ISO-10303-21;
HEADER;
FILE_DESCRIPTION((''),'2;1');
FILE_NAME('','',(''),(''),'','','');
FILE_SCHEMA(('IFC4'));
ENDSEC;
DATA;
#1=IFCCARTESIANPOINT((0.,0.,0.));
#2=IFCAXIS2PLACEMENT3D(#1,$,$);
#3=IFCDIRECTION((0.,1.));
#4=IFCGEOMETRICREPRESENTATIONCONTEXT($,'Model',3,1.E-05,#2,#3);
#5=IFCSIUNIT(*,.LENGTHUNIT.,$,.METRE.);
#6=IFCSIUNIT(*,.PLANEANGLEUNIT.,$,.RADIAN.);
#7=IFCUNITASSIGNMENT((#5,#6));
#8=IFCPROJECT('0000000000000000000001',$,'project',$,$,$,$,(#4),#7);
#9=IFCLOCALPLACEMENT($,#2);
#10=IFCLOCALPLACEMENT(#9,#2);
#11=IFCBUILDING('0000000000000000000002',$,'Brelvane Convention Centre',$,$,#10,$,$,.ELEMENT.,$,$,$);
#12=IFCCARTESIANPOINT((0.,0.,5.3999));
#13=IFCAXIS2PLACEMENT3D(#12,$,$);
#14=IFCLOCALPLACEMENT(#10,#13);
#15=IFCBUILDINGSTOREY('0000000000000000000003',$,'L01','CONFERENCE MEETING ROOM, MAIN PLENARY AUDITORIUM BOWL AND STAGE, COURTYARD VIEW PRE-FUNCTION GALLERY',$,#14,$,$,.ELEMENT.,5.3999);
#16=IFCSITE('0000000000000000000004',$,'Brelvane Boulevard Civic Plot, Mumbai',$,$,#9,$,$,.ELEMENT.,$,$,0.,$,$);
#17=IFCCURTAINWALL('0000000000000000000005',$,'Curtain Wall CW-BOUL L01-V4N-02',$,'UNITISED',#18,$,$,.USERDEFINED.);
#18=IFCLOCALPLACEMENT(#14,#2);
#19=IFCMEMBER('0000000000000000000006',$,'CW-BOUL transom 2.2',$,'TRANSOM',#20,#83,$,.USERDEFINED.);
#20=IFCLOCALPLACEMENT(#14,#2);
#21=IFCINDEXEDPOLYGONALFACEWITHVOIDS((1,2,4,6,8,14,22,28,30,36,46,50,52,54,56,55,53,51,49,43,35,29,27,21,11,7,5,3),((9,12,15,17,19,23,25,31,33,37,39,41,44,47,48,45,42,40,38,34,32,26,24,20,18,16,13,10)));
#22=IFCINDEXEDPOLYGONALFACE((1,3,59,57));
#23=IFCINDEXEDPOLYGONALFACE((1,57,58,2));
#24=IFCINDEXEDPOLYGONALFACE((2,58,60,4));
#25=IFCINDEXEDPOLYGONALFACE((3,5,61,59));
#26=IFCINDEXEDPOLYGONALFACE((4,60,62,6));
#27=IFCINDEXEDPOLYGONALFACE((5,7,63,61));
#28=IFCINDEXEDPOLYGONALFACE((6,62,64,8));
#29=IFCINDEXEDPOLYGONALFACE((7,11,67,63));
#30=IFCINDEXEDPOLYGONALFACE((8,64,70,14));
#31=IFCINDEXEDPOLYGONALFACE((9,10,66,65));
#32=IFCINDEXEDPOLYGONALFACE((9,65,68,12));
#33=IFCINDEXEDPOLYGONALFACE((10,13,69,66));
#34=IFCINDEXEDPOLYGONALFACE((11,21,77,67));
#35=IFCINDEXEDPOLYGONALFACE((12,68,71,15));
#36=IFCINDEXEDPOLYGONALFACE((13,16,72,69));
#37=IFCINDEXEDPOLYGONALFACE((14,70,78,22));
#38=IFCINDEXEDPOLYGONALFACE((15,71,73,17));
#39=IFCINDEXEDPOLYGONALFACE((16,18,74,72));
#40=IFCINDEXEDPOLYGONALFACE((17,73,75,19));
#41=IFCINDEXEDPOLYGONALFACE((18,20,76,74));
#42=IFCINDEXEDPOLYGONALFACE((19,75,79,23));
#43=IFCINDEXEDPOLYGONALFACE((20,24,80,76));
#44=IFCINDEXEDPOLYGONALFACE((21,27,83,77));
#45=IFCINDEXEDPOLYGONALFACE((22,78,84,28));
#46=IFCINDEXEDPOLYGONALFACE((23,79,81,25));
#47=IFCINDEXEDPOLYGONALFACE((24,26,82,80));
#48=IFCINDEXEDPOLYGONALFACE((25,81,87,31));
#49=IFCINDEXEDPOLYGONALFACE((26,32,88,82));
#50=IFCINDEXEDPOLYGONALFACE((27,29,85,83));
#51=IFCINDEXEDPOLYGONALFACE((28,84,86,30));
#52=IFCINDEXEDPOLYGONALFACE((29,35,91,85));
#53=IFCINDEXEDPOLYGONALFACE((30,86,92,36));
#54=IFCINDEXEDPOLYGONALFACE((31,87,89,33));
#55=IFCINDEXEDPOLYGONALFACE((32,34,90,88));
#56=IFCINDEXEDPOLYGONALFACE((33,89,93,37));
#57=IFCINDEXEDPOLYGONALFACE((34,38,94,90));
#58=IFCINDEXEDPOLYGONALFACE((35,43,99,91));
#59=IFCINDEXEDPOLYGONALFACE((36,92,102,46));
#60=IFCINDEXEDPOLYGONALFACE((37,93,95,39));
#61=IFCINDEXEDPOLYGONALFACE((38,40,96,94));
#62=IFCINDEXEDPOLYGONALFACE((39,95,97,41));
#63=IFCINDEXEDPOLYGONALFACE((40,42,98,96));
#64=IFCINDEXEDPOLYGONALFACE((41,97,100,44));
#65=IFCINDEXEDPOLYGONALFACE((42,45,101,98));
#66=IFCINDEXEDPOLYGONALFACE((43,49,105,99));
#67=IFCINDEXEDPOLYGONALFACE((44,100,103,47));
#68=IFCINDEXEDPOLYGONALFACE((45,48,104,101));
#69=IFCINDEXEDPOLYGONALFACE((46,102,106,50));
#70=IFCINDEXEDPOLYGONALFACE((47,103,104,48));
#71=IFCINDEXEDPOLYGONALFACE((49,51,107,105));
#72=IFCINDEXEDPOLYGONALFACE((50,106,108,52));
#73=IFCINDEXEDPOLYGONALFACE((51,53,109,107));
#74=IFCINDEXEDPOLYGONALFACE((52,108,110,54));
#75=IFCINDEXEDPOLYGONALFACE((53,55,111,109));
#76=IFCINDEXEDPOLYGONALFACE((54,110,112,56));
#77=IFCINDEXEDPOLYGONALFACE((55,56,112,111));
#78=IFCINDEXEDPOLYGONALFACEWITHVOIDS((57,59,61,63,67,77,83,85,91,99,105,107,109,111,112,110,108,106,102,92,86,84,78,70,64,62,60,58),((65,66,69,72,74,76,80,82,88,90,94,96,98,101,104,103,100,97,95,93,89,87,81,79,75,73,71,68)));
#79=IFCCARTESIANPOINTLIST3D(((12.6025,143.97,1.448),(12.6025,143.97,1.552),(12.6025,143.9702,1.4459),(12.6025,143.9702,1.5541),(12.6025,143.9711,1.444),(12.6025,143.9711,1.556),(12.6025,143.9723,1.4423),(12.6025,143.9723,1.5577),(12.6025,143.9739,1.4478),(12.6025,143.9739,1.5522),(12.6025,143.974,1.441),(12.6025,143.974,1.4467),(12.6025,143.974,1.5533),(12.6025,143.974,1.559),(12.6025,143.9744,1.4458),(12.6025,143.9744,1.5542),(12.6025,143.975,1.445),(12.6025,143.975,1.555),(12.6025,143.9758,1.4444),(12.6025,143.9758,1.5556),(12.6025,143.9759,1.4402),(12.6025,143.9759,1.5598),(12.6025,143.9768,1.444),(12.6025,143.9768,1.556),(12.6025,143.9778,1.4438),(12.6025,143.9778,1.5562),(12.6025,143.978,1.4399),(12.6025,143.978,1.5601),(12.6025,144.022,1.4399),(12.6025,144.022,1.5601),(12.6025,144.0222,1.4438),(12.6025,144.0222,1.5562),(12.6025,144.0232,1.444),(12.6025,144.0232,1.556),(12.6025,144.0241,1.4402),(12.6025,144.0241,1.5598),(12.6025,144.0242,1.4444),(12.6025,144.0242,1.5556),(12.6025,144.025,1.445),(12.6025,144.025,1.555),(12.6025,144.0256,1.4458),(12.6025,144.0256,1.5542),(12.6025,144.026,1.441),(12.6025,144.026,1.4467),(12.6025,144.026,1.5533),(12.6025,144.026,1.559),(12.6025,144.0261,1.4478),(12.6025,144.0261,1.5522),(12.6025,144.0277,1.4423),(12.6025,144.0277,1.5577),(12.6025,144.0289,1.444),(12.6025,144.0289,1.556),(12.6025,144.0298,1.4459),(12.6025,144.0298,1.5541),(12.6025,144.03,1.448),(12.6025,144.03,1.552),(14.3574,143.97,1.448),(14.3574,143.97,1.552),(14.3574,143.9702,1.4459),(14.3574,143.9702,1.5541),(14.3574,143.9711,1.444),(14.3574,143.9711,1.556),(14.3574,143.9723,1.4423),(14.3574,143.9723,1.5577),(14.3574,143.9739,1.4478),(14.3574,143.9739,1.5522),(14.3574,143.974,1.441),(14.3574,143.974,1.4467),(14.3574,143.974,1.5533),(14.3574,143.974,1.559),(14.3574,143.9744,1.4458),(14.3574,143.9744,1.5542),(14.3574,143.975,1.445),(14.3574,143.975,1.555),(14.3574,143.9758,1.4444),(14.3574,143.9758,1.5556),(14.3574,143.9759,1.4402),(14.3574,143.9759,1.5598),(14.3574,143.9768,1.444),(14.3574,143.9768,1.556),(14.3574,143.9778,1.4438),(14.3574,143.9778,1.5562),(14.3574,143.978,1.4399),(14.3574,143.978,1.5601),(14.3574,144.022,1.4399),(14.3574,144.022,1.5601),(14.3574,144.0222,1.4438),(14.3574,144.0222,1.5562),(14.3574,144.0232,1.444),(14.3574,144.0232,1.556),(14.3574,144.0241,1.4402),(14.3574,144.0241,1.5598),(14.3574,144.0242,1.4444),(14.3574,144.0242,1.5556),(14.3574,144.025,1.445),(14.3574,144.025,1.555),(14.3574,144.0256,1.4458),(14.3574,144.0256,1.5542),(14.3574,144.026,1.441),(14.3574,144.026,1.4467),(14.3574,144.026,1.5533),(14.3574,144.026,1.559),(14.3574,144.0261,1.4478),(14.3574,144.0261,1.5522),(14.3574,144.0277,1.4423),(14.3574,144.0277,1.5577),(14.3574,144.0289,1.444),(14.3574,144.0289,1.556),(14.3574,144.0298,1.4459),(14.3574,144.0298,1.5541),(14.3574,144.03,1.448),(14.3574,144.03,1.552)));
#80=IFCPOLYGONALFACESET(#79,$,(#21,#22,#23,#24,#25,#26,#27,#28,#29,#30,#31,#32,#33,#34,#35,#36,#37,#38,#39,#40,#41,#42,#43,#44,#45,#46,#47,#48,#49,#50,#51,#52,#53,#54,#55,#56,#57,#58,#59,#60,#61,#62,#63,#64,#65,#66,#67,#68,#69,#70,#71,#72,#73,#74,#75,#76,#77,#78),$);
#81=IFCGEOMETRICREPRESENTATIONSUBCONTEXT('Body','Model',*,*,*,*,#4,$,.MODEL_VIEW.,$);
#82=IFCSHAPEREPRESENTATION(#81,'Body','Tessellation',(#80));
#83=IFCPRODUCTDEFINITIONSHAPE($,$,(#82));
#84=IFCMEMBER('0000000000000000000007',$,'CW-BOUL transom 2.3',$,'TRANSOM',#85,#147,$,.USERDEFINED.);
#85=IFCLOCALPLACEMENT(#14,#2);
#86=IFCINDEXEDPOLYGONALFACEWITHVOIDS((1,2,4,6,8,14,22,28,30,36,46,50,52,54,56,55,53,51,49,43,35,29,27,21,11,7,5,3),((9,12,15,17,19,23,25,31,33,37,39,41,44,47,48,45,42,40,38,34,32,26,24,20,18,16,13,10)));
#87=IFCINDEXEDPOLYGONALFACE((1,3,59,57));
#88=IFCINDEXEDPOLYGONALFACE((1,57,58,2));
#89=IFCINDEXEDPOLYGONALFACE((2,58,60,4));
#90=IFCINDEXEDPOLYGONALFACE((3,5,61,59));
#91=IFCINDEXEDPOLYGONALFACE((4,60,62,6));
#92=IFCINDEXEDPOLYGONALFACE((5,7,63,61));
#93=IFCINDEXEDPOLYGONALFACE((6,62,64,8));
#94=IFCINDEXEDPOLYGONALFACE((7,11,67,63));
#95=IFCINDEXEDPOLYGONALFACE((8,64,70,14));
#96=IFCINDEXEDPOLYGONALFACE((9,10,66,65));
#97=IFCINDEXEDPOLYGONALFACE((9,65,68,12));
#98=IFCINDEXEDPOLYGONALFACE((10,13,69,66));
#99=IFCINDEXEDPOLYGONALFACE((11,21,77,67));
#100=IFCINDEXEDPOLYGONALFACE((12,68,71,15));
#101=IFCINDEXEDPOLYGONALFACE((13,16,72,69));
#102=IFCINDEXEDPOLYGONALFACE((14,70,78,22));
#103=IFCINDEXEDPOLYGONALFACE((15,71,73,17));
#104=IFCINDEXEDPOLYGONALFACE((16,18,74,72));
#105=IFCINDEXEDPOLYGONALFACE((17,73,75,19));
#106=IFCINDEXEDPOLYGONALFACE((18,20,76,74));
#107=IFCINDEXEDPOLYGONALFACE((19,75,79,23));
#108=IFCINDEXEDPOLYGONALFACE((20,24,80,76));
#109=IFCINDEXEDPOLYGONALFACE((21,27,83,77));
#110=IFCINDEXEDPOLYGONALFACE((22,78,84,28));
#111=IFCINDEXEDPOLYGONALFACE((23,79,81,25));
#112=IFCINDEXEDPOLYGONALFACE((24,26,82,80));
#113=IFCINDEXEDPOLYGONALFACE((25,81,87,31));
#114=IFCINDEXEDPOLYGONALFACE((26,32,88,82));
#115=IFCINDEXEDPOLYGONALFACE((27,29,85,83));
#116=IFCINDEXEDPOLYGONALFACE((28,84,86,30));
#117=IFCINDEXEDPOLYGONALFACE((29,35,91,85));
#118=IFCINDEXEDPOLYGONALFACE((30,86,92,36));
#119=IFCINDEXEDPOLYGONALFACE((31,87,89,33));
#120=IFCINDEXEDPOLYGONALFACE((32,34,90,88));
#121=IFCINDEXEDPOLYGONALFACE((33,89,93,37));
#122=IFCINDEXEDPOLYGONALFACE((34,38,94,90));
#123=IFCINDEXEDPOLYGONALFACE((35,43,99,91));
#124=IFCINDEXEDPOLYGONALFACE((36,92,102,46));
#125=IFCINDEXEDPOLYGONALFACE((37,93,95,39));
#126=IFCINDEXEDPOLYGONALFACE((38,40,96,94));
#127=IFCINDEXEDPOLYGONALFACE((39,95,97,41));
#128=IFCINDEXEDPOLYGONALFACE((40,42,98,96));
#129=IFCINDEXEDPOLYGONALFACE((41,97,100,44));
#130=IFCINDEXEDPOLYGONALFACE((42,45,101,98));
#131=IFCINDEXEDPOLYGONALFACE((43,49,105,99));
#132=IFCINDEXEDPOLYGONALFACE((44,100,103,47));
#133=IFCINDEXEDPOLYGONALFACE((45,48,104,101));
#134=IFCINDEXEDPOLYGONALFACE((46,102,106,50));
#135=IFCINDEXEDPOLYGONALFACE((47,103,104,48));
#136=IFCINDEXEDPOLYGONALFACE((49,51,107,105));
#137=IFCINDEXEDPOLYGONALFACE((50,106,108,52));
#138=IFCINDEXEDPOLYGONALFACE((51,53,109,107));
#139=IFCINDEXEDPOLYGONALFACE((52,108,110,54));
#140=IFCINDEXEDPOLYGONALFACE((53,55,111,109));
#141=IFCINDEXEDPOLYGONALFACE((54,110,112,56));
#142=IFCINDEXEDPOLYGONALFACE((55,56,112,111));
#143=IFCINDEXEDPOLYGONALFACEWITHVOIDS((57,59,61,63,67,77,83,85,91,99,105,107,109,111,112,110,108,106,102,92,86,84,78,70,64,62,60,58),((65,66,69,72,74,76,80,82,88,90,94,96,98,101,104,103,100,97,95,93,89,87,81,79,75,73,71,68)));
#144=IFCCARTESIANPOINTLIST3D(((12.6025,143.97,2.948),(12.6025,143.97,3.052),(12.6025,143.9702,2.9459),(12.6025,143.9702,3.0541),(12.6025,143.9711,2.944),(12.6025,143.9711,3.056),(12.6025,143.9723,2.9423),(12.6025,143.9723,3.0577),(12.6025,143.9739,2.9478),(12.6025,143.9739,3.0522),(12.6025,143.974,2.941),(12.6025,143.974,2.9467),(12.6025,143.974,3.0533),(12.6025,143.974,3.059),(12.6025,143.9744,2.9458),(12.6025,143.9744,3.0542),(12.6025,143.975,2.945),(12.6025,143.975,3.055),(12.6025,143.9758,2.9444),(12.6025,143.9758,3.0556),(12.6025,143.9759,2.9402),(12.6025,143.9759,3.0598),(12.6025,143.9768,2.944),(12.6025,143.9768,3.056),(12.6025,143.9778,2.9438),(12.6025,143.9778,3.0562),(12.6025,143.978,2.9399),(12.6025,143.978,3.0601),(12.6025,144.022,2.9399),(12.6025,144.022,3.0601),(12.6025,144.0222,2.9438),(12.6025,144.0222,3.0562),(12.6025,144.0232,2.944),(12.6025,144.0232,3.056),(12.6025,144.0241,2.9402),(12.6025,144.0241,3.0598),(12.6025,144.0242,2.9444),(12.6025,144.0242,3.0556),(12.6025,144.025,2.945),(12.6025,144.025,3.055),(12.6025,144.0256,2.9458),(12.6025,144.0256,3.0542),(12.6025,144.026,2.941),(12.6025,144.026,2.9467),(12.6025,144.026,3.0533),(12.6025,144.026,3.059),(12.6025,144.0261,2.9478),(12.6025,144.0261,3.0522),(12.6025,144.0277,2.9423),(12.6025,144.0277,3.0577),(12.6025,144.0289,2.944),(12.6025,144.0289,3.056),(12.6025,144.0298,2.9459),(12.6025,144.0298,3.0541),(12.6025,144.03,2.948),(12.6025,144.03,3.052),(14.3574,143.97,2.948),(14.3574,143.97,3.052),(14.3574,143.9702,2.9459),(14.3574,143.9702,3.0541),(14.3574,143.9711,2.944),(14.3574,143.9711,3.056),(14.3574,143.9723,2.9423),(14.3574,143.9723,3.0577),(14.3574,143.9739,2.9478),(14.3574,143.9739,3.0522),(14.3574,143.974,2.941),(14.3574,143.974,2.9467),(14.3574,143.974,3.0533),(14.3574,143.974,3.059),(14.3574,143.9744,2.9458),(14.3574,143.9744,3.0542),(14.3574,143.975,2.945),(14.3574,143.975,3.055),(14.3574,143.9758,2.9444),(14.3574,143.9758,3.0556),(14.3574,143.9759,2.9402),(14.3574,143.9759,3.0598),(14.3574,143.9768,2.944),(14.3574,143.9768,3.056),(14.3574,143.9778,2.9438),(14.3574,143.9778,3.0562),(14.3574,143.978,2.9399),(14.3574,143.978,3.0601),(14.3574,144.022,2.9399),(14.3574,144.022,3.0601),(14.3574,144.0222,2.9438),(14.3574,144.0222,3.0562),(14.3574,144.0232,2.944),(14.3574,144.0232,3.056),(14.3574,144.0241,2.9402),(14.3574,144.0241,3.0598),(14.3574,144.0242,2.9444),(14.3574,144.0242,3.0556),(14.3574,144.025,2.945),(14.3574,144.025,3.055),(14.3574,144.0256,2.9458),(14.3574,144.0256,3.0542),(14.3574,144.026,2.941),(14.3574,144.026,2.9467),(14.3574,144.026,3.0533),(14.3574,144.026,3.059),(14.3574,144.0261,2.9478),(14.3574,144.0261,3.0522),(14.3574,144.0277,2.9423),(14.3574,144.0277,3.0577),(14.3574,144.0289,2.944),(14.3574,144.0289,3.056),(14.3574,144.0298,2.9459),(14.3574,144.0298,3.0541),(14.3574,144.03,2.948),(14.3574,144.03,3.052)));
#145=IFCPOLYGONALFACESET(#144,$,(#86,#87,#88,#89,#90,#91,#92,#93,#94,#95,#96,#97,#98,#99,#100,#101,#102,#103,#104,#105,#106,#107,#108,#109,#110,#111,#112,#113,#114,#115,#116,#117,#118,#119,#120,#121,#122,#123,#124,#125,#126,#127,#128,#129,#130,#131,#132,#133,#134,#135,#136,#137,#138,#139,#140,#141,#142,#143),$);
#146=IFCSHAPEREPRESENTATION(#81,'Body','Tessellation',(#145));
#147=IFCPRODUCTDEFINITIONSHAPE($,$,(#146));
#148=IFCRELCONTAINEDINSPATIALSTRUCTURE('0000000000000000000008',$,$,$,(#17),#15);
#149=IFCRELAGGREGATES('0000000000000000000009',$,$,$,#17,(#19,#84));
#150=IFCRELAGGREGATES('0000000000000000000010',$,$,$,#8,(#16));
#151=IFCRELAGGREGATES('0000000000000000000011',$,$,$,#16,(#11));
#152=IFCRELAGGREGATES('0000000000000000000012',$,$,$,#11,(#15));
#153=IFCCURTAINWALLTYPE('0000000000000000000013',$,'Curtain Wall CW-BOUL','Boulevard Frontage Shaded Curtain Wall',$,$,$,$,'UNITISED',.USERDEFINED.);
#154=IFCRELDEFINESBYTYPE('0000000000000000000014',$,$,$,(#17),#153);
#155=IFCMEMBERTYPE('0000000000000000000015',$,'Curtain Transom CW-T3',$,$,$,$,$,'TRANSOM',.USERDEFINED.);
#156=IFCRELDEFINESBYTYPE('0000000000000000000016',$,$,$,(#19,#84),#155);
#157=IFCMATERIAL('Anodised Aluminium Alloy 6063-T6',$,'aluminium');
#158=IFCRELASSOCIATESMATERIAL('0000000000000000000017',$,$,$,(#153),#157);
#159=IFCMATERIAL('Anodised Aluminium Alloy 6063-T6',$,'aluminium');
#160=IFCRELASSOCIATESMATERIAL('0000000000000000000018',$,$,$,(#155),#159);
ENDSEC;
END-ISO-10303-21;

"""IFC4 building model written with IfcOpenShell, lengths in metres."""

from ifc_helpers import new_model, si_unit, direction, frame, origin, origin_2d, place, context, subcontext, project, spatial, hollow_rectangle, extrude, material, material_profile, profile_set, type_object, element, aggregate, save


model = new_model("IFC4")

# Units and contexts
model_context = context("Model", 3, precision=1e-05, world=origin(), true_north=direction((0.0, 1.0)))
body_context = subcontext(model_context, "Body", "Model", "MODEL_VIEW")
ifc_project = project(units=[si_unit("LENGTHUNIT", "METRE"), si_unit("PLANEANGLEUNIT", "RADIAN")], contexts=[model_context])

# Site, building, storey
site_placement = place(None, origin())
site = spatial("IfcSite", under=ifc_project, at=site_placement, Name="Brelvane Boulevard Civic Plot, Mumbai", CompositionType="ELEMENT", RefElevation=0.0)
building_placement = place(site_placement, origin())
building = spatial("IfcBuilding", under=site, at=building_placement, Name="Brelvane Convention Centre", CompositionType="ELEMENT")
storey_placement = place(building_placement, frame((0.0, 0.0, 5.3999)))
storey = spatial("IfcBuildingStorey", under=building, at=storey_placement, Name="L01", Description="CONFERENCE MEETING ROOM, MAIN PLENARY AUDITORIUM BOWL AND STAGE, COURTYARD VIEW PRE-FUNCTION GALLERY", CompositionType="ELEMENT", Elevation=5.3999)

# Curtain wall, members
ifc_material_1 = material(Name="Anodised Aluminium Alloy 6063-T6", Category="aluminium")
curtain_wall_type = type_object("IfcCurtainWallType", Name="Curtain Wall CW-BOUL", Description="Boulevard Frontage Shaded Curtain Wall", ElementType="UNITISED", PredefinedType="USERDEFINED", material=ifc_material_1)
curtain_wall_placement = place(storey_placement, origin())
curtain_wall = element("IfcCurtainWall", 1, at=curtain_wall_placement, inside=storey, type_object=curtain_wall_type, Name="Curtain Wall CW-BOUL L01-V4N-02", ObjectType="UNITISED", PredefinedType="USERDEFINED")
ifc_material_2 = material(Name="Anodised Aluminium Alloy 6063-T6", Category="aluminium")
ifc_material_profile_1 = material_profile(ifc_material_2, hollow_rectangle(XDim=0.0601, YDim=0.1201, WallThickness=0.0039, InnerFilletRadius=0.0039, OuterFilletRadius=0.0081, at=origin_2d()), Name="ALU-T 120x60x4.0")
ifc_profile_set_1 = profile_set([ifc_material_profile_1], Name="Anodised Aluminium Alloy 6063-T6")
member_type_1 = type_object("IfcMemberType", Name="Curtain Transom CW-T3", ElementType="TRANSOM", PredefinedType="USERDEFINED", material=ifc_profile_set_1)
member_1_placement = place(storey_placement, frame((12.6025, 144.0, 1.5), z_axis=(1.0, 0.0, 0.0), x_axis=(0.0, 1.0, 0.0)))
member_1 = element("IfcMember", 2, at=member_1_placement, type_object=member_type_1, Name="CW-BOUL transom 2.2", ObjectType="TRANSOM", PredefinedType="USERDEFINED", context=body_context, shape_type="SweptSolid", body=[
    extrude(hollow_rectangle(XDim=0.0601, YDim=0.1201, WallThickness=0.0039, InnerFilletRadius=0.0039, OuterFilletRadius=0.0081, at=origin_2d()), origin(), (0.0, 0.0, 1.0), 1.7549),
])
member_2_placement = place(storey_placement, frame((12.6025, 144.0, 3.0), z_axis=(1.0, 0.0, 0.0), x_axis=(0.0, 1.0, 0.0)))
member_2 = element("IfcMember", 3, at=member_2_placement, type_object=member_type_1, Name="CW-BOUL transom 2.3", ObjectType="TRANSOM", PredefinedType="USERDEFINED", context=body_context, shape_type="SweptSolid", body=[
    extrude(hollow_rectangle(XDim=0.0601, YDim=0.1201, WallThickness=0.0039, InnerFilletRadius=0.0039, OuterFilletRadius=0.0081, at=origin_2d()), origin(), (0.0, 0.0, 1.0), 1.7549),
])

aggregate(curtain_wall, [member_1, member_2])

save(model, "model.ifc")
